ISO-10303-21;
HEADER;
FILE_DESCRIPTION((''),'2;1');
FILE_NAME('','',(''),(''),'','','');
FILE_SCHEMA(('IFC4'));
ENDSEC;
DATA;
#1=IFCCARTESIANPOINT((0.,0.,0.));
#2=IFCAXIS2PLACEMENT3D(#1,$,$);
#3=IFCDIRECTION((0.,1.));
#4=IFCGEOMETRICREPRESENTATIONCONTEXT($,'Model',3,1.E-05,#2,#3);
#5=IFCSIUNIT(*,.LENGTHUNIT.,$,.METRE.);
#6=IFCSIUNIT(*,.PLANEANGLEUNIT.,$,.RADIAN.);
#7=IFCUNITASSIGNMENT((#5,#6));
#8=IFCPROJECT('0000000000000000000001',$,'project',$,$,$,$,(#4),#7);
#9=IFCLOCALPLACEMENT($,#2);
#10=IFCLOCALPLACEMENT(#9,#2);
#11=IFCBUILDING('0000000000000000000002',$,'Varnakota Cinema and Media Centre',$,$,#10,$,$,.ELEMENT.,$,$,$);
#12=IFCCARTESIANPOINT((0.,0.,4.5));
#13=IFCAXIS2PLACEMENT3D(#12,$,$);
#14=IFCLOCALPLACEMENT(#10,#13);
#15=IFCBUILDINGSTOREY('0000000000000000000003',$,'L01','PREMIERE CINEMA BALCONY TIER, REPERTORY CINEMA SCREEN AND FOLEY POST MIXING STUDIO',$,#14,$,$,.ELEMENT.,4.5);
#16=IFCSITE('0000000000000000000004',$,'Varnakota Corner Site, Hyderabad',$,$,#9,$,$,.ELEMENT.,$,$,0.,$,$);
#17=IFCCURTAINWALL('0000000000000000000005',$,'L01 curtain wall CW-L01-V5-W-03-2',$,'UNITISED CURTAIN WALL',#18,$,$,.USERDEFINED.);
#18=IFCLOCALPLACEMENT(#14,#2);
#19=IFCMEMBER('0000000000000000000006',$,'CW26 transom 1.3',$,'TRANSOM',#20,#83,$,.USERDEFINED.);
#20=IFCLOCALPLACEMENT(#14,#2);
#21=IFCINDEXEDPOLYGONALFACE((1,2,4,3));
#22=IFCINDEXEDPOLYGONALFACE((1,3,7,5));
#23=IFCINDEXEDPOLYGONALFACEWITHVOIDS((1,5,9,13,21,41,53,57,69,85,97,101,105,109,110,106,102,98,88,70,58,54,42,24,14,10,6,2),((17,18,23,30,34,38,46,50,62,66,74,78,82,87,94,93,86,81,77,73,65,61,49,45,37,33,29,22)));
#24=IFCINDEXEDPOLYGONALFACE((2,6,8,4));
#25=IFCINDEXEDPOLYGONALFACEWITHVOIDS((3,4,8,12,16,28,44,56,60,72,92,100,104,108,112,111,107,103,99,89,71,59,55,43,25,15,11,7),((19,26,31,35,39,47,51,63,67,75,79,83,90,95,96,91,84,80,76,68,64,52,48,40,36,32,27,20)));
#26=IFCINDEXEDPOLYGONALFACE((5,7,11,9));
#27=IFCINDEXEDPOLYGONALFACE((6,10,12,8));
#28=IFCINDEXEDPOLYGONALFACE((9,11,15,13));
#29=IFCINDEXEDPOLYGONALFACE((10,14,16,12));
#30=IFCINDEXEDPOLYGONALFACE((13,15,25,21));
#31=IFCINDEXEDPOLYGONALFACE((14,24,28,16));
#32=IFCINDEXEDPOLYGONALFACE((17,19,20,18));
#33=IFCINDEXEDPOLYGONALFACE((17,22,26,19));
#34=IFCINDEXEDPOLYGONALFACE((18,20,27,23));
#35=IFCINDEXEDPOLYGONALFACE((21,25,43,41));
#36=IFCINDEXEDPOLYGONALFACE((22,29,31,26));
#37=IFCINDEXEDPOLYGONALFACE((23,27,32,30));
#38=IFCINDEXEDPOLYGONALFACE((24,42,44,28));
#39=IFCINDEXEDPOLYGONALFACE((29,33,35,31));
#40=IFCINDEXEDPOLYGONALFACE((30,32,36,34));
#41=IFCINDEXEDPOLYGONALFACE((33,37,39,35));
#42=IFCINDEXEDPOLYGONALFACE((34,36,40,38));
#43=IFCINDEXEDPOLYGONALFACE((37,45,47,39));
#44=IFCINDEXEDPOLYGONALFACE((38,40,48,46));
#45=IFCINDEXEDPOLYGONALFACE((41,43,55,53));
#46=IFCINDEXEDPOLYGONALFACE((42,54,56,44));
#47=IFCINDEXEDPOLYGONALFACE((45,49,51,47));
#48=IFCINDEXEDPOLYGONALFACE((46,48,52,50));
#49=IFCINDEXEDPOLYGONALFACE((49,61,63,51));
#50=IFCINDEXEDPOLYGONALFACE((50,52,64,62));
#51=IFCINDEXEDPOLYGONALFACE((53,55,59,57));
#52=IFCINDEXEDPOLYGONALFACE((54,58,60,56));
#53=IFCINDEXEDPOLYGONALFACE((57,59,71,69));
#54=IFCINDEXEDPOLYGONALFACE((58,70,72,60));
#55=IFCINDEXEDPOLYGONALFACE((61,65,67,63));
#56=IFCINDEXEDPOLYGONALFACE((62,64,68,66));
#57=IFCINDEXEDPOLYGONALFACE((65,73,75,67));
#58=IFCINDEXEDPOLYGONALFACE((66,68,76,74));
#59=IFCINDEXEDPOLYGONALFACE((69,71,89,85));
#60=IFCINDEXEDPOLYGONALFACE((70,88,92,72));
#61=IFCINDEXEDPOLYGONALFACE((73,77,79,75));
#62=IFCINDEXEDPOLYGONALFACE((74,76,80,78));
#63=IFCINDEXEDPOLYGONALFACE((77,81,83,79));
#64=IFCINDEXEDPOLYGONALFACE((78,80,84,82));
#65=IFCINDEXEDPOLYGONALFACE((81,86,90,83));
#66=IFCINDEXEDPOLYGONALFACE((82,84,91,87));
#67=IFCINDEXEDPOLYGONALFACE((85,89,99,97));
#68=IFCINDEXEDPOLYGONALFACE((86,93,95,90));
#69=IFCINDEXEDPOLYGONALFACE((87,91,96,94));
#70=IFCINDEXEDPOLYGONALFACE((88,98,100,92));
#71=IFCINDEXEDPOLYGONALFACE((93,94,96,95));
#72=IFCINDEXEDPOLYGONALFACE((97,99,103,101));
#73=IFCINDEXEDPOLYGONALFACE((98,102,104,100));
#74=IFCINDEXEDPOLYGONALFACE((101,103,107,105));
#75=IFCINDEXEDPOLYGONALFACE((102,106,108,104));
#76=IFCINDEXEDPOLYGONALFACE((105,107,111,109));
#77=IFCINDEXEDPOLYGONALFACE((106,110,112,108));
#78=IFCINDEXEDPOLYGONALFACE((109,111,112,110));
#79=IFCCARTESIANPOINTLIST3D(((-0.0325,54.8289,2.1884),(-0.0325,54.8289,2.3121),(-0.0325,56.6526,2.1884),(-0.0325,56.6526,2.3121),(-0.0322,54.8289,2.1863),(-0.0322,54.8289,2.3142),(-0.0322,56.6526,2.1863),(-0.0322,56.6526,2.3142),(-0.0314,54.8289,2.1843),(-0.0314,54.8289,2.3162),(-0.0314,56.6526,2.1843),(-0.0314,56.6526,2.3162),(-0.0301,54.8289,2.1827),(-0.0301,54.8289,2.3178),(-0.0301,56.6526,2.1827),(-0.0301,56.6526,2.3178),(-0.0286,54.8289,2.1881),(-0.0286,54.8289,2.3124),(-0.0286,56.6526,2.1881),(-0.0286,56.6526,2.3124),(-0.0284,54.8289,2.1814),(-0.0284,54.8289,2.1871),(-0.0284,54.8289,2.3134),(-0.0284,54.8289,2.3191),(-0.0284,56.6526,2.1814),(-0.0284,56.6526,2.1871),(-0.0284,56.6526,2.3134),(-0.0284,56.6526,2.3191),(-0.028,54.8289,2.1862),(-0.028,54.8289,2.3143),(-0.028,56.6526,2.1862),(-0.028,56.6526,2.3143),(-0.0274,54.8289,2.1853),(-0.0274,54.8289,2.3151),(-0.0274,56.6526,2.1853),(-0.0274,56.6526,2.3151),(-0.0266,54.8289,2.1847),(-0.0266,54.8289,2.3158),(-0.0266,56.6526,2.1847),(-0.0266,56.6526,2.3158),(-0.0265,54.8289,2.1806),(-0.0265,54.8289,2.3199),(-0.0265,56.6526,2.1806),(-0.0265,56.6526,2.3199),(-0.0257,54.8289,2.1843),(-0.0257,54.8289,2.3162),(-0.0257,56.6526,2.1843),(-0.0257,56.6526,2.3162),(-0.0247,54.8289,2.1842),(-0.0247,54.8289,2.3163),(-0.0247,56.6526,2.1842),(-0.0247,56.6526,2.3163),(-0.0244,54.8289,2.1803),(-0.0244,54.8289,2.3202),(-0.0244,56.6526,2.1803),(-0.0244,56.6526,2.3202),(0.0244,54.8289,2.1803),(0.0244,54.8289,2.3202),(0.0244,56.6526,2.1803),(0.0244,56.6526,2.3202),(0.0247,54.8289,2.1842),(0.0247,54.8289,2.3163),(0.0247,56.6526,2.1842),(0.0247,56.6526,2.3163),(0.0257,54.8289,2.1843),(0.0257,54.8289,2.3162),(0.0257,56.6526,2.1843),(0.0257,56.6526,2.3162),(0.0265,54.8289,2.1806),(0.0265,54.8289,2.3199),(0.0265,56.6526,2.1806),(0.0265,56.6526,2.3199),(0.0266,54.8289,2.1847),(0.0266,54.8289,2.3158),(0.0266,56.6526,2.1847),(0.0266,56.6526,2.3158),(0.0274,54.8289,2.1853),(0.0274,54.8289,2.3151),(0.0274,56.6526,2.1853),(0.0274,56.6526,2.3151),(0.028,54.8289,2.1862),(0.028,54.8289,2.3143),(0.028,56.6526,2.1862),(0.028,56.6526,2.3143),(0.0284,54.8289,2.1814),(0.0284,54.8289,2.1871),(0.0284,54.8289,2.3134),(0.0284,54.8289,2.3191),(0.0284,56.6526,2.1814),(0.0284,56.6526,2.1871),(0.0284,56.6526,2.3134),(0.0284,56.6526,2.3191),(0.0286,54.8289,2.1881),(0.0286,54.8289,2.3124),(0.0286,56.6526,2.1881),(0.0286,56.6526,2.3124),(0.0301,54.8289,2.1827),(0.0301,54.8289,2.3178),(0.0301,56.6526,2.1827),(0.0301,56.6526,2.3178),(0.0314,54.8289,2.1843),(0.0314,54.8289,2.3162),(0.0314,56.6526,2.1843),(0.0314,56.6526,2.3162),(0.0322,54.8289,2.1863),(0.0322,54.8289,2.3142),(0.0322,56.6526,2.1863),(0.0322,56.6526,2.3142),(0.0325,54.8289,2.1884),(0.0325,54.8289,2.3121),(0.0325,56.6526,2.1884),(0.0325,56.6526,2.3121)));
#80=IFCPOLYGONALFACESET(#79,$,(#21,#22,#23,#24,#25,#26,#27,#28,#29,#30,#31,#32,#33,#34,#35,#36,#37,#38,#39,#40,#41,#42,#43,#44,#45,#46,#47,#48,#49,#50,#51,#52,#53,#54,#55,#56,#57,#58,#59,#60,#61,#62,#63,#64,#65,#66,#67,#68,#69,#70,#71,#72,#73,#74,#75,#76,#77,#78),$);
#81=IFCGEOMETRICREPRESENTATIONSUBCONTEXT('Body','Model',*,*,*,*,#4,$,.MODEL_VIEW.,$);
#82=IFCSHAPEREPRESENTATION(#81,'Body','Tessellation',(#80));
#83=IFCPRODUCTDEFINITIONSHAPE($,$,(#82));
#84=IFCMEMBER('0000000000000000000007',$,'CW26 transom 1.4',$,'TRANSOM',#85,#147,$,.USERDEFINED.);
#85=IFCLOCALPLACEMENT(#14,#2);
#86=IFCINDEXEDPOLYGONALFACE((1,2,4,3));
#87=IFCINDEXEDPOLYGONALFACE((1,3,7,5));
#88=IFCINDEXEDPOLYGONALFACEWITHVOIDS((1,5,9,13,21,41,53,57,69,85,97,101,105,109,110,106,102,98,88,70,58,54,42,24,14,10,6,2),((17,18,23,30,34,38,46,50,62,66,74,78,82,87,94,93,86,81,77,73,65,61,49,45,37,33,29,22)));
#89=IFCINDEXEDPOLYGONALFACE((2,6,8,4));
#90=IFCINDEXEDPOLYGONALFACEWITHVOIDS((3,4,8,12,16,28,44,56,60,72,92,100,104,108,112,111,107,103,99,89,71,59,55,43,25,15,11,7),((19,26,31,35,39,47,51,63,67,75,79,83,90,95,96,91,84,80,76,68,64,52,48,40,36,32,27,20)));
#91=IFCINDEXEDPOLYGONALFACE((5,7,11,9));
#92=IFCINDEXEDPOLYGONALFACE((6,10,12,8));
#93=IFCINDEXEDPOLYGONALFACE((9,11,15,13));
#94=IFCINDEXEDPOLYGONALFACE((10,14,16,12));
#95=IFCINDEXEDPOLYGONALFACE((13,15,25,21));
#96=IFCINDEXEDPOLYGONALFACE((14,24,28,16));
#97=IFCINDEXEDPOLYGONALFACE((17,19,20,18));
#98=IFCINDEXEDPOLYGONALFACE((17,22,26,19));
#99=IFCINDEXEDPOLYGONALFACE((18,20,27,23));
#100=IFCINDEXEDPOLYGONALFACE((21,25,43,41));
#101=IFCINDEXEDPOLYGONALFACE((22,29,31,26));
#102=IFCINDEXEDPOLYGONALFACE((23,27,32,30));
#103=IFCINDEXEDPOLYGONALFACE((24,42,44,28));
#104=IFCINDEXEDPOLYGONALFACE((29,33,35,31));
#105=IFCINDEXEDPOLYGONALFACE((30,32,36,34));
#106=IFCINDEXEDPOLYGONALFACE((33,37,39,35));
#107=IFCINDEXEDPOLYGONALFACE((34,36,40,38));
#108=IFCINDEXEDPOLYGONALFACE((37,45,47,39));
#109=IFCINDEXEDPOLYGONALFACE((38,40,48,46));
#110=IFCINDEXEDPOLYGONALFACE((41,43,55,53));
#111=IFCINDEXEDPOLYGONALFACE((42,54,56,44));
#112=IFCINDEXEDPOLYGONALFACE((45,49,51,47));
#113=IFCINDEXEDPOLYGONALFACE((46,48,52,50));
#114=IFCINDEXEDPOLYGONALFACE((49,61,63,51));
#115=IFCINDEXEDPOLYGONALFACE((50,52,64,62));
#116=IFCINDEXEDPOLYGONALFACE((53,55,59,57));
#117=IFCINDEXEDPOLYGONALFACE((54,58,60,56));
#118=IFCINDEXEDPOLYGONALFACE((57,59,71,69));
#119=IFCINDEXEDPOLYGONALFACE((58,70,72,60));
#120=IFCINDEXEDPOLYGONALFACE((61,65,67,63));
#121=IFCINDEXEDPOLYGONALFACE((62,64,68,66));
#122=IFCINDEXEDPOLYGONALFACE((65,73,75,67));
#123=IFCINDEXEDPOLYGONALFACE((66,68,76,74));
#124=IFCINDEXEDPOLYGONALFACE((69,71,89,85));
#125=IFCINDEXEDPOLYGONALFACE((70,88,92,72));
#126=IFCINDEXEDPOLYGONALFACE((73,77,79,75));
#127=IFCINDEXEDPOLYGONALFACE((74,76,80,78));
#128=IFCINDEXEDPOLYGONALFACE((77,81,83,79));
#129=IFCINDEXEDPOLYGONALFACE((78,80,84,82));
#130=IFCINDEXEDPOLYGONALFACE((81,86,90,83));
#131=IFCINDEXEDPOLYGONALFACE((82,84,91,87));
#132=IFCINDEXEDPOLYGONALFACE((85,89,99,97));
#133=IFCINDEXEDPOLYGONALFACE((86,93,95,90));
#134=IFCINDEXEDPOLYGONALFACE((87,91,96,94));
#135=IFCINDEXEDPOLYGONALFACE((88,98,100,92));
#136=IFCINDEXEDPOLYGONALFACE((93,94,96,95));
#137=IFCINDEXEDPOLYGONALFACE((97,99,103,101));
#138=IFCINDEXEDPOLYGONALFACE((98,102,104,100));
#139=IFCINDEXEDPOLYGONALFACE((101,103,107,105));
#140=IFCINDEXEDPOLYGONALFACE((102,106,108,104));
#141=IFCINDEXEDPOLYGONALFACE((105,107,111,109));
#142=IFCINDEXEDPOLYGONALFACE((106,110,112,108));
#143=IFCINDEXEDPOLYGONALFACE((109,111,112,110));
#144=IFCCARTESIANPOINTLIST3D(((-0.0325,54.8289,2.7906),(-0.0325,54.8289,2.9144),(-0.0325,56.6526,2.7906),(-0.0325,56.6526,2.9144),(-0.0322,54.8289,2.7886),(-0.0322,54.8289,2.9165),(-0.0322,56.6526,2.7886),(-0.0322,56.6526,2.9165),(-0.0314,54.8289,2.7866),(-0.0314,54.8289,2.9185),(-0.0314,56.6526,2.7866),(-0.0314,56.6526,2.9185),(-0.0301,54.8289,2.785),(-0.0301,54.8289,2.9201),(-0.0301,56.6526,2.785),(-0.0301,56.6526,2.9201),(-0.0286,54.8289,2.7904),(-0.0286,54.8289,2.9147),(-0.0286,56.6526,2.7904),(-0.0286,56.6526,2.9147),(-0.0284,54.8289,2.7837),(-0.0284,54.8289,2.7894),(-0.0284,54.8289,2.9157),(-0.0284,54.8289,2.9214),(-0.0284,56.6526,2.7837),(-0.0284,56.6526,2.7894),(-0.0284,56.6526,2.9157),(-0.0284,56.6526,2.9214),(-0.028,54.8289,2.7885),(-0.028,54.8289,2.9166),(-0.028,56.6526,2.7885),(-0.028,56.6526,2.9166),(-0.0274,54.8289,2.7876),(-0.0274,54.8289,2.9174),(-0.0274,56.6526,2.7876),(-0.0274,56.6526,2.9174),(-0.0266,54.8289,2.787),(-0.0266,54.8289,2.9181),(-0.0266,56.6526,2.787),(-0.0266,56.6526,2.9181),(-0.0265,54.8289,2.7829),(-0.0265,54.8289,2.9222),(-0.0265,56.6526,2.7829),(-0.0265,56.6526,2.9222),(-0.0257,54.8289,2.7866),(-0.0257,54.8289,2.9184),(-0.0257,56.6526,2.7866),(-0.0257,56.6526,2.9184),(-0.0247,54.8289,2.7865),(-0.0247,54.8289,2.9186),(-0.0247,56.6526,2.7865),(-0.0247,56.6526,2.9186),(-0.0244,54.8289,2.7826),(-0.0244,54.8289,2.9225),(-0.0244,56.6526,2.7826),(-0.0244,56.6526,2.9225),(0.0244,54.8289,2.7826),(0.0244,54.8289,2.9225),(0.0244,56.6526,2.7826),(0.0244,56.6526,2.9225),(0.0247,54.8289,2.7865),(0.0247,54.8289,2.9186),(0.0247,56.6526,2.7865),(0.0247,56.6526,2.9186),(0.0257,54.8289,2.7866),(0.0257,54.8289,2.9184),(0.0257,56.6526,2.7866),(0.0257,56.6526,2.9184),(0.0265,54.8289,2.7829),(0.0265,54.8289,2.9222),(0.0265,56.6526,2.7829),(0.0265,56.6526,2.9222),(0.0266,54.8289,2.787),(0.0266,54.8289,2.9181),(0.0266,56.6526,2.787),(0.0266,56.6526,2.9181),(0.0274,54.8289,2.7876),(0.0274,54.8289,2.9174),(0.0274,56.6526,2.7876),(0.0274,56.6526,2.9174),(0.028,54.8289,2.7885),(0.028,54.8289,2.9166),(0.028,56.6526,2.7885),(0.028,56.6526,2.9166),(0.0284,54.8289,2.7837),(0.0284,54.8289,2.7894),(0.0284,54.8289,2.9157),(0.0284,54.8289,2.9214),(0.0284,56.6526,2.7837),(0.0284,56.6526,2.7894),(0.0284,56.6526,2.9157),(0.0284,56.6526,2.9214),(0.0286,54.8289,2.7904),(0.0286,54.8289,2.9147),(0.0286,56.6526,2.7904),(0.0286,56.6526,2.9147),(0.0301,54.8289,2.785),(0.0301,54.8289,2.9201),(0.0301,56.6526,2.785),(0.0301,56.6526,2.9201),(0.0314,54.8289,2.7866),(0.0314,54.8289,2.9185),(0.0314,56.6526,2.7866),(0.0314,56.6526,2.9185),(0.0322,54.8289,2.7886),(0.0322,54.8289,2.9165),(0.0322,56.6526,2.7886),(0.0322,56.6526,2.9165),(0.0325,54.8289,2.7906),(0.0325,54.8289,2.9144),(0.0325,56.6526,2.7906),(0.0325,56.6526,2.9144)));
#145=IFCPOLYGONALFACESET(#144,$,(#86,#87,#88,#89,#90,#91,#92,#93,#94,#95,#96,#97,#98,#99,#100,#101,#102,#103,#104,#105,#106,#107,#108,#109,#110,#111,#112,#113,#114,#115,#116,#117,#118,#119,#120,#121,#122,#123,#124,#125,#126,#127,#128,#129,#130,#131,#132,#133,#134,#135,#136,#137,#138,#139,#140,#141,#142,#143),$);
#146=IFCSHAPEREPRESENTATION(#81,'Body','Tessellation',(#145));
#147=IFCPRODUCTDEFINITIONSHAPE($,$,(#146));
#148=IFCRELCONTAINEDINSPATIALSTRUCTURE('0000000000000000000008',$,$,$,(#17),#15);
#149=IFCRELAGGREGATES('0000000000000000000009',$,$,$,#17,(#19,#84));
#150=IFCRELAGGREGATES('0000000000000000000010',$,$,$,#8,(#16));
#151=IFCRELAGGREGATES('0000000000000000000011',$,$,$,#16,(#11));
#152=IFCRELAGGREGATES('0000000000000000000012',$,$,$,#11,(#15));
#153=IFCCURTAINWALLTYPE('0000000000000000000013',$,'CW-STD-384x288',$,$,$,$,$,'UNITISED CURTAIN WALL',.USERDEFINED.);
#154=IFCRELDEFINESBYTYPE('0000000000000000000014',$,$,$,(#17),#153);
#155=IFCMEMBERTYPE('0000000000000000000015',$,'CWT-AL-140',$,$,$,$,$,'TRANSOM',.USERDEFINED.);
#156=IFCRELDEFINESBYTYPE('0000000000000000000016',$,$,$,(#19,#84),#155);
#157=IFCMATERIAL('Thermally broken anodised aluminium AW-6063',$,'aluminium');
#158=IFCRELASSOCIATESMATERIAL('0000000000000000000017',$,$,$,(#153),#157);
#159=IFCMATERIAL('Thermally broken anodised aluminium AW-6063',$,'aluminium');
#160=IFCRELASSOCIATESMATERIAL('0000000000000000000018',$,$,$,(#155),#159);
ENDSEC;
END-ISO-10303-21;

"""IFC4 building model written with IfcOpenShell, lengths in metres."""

from ifc_helpers import new_model, si_unit, direction, frame, origin, origin_2d, place, context, subcontext, project, spatial, hollow_rectangle, extrude, material, material_profile, profile_set, type_object, element, aggregate, save


model = new_model("IFC4")

# Units and contexts
model_context = context("Model", 3, precision=1e-05, world=origin(), true_north=direction((0.0, 1.0)))
body_context = subcontext(model_context, "Body", "Model", "MODEL_VIEW")
ifc_project = project(units=[si_unit("LENGTHUNIT", "METRE"), si_unit("PLANEANGLEUNIT", "RADIAN")], contexts=[model_context])

# Site, building, storey
site_placement = place(None, origin())
site = spatial("IfcSite", under=ifc_project, at=site_placement, Name="Varnakota Corner Site, Hyderabad", CompositionType="ELEMENT", RefElevation=0.0)
building_placement = place(site_placement, origin())
building = spatial("IfcBuilding", under=site, at=building_placement, Name="Varnakota Cinema and Media Centre", CompositionType="ELEMENT")
storey_placement = place(building_placement, frame((0.0, 0.0, 4.5)))
storey = spatial("IfcBuildingStorey", under=building, at=storey_placement, Name="L01", Description="PREMIERE CINEMA BALCONY TIER, REPERTORY CINEMA SCREEN AND FOLEY POST MIXING STUDIO", CompositionType="ELEMENT", Elevation=4.5)

# Shared definitions
ifc_material_1 = material(Name="Thermally broken anodised aluminium AW-6063", Category="aluminium")
curtain_wall_type = type_object("IfcCurtainWallType", Name="CW-STD-384x288", ElementType="UNITISED CURTAIN WALL", PredefinedType="USERDEFINED", material=ifc_material_1)

# Curtain wall, members
curtain_wall_1_placement = place(storey_placement, origin())
curtain_wall_1 = element("IfcCurtainWall", 1, at=curtain_wall_1_placement, inside=storey, type_object=curtain_wall_type, Name="L01 curtain wall CW-L01-V5-W-03-2", ObjectType="UNITISED CURTAIN WALL", PredefinedType="USERDEFINED")
ifc_material_2 = material(Name="Thermally broken anodised aluminium AW-6063", Category="aluminium")
ifc_material_profile_1 = material_profile(ifc_material_2, hollow_rectangle(XDim=0.0649, YDim=0.1399, WallThickness=0.0039, InnerFilletRadius=0.0039, OuterFilletRadius=0.0081, at=origin_2d()), Name="AL-TRANSOM 140x65x4")
ifc_profile_set_1 = profile_set([ifc_material_profile_1], Name="Thermally broken anodised aluminium AW-6063")
member_type_1 = type_object("IfcMemberType", Name="CWT-AL-140", ElementType="TRANSOM", PredefinedType="USERDEFINED", material=ifc_profile_set_1)
member_1_placement = place(storey_placement, frame((0.0, 56.6526, 2.2502), z_axis=(0.0, -1.0, 0.0), x_axis=(1.0, 0.0, 0.0)))
member_1 = element("IfcMember", 2, at=member_1_placement, type_object=member_type_1, Name="CW26 transom 1.3", ObjectType="TRANSOM", PredefinedType="USERDEFINED", context=body_context, shape_type="SweptSolid", body=[
    extrude(hollow_rectangle(XDim=0.0649, YDim=0.1399, WallThickness=0.0039, InnerFilletRadius=0.0039, OuterFilletRadius=0.0081, at=origin_2d()), origin(), (0.0, 0.0, 1.0), 1.8237),
])
member_2_placement = place(storey_placement, frame((0.0, 56.6526, 2.8525), z_axis=(0.0, -1.0, 0.0), x_axis=(1.0, 0.0, 0.0)))
member_2 = element("IfcMember", 3, at=member_2_placement, type_object=member_type_1, Name="CW26 transom 1.4", ObjectType="TRANSOM", PredefinedType="USERDEFINED", context=body_context, shape_type="SweptSolid", body=[
    extrude(hollow_rectangle(XDim=0.0649, YDim=0.1399, WallThickness=0.0039, InnerFilletRadius=0.0039, OuterFilletRadius=0.0081, at=origin_2d()), origin(), (0.0, 0.0, 1.0), 1.8237),
])

aggregate(curtain_wall_1, [member_1, member_2])

save(model, "model.ifc")
